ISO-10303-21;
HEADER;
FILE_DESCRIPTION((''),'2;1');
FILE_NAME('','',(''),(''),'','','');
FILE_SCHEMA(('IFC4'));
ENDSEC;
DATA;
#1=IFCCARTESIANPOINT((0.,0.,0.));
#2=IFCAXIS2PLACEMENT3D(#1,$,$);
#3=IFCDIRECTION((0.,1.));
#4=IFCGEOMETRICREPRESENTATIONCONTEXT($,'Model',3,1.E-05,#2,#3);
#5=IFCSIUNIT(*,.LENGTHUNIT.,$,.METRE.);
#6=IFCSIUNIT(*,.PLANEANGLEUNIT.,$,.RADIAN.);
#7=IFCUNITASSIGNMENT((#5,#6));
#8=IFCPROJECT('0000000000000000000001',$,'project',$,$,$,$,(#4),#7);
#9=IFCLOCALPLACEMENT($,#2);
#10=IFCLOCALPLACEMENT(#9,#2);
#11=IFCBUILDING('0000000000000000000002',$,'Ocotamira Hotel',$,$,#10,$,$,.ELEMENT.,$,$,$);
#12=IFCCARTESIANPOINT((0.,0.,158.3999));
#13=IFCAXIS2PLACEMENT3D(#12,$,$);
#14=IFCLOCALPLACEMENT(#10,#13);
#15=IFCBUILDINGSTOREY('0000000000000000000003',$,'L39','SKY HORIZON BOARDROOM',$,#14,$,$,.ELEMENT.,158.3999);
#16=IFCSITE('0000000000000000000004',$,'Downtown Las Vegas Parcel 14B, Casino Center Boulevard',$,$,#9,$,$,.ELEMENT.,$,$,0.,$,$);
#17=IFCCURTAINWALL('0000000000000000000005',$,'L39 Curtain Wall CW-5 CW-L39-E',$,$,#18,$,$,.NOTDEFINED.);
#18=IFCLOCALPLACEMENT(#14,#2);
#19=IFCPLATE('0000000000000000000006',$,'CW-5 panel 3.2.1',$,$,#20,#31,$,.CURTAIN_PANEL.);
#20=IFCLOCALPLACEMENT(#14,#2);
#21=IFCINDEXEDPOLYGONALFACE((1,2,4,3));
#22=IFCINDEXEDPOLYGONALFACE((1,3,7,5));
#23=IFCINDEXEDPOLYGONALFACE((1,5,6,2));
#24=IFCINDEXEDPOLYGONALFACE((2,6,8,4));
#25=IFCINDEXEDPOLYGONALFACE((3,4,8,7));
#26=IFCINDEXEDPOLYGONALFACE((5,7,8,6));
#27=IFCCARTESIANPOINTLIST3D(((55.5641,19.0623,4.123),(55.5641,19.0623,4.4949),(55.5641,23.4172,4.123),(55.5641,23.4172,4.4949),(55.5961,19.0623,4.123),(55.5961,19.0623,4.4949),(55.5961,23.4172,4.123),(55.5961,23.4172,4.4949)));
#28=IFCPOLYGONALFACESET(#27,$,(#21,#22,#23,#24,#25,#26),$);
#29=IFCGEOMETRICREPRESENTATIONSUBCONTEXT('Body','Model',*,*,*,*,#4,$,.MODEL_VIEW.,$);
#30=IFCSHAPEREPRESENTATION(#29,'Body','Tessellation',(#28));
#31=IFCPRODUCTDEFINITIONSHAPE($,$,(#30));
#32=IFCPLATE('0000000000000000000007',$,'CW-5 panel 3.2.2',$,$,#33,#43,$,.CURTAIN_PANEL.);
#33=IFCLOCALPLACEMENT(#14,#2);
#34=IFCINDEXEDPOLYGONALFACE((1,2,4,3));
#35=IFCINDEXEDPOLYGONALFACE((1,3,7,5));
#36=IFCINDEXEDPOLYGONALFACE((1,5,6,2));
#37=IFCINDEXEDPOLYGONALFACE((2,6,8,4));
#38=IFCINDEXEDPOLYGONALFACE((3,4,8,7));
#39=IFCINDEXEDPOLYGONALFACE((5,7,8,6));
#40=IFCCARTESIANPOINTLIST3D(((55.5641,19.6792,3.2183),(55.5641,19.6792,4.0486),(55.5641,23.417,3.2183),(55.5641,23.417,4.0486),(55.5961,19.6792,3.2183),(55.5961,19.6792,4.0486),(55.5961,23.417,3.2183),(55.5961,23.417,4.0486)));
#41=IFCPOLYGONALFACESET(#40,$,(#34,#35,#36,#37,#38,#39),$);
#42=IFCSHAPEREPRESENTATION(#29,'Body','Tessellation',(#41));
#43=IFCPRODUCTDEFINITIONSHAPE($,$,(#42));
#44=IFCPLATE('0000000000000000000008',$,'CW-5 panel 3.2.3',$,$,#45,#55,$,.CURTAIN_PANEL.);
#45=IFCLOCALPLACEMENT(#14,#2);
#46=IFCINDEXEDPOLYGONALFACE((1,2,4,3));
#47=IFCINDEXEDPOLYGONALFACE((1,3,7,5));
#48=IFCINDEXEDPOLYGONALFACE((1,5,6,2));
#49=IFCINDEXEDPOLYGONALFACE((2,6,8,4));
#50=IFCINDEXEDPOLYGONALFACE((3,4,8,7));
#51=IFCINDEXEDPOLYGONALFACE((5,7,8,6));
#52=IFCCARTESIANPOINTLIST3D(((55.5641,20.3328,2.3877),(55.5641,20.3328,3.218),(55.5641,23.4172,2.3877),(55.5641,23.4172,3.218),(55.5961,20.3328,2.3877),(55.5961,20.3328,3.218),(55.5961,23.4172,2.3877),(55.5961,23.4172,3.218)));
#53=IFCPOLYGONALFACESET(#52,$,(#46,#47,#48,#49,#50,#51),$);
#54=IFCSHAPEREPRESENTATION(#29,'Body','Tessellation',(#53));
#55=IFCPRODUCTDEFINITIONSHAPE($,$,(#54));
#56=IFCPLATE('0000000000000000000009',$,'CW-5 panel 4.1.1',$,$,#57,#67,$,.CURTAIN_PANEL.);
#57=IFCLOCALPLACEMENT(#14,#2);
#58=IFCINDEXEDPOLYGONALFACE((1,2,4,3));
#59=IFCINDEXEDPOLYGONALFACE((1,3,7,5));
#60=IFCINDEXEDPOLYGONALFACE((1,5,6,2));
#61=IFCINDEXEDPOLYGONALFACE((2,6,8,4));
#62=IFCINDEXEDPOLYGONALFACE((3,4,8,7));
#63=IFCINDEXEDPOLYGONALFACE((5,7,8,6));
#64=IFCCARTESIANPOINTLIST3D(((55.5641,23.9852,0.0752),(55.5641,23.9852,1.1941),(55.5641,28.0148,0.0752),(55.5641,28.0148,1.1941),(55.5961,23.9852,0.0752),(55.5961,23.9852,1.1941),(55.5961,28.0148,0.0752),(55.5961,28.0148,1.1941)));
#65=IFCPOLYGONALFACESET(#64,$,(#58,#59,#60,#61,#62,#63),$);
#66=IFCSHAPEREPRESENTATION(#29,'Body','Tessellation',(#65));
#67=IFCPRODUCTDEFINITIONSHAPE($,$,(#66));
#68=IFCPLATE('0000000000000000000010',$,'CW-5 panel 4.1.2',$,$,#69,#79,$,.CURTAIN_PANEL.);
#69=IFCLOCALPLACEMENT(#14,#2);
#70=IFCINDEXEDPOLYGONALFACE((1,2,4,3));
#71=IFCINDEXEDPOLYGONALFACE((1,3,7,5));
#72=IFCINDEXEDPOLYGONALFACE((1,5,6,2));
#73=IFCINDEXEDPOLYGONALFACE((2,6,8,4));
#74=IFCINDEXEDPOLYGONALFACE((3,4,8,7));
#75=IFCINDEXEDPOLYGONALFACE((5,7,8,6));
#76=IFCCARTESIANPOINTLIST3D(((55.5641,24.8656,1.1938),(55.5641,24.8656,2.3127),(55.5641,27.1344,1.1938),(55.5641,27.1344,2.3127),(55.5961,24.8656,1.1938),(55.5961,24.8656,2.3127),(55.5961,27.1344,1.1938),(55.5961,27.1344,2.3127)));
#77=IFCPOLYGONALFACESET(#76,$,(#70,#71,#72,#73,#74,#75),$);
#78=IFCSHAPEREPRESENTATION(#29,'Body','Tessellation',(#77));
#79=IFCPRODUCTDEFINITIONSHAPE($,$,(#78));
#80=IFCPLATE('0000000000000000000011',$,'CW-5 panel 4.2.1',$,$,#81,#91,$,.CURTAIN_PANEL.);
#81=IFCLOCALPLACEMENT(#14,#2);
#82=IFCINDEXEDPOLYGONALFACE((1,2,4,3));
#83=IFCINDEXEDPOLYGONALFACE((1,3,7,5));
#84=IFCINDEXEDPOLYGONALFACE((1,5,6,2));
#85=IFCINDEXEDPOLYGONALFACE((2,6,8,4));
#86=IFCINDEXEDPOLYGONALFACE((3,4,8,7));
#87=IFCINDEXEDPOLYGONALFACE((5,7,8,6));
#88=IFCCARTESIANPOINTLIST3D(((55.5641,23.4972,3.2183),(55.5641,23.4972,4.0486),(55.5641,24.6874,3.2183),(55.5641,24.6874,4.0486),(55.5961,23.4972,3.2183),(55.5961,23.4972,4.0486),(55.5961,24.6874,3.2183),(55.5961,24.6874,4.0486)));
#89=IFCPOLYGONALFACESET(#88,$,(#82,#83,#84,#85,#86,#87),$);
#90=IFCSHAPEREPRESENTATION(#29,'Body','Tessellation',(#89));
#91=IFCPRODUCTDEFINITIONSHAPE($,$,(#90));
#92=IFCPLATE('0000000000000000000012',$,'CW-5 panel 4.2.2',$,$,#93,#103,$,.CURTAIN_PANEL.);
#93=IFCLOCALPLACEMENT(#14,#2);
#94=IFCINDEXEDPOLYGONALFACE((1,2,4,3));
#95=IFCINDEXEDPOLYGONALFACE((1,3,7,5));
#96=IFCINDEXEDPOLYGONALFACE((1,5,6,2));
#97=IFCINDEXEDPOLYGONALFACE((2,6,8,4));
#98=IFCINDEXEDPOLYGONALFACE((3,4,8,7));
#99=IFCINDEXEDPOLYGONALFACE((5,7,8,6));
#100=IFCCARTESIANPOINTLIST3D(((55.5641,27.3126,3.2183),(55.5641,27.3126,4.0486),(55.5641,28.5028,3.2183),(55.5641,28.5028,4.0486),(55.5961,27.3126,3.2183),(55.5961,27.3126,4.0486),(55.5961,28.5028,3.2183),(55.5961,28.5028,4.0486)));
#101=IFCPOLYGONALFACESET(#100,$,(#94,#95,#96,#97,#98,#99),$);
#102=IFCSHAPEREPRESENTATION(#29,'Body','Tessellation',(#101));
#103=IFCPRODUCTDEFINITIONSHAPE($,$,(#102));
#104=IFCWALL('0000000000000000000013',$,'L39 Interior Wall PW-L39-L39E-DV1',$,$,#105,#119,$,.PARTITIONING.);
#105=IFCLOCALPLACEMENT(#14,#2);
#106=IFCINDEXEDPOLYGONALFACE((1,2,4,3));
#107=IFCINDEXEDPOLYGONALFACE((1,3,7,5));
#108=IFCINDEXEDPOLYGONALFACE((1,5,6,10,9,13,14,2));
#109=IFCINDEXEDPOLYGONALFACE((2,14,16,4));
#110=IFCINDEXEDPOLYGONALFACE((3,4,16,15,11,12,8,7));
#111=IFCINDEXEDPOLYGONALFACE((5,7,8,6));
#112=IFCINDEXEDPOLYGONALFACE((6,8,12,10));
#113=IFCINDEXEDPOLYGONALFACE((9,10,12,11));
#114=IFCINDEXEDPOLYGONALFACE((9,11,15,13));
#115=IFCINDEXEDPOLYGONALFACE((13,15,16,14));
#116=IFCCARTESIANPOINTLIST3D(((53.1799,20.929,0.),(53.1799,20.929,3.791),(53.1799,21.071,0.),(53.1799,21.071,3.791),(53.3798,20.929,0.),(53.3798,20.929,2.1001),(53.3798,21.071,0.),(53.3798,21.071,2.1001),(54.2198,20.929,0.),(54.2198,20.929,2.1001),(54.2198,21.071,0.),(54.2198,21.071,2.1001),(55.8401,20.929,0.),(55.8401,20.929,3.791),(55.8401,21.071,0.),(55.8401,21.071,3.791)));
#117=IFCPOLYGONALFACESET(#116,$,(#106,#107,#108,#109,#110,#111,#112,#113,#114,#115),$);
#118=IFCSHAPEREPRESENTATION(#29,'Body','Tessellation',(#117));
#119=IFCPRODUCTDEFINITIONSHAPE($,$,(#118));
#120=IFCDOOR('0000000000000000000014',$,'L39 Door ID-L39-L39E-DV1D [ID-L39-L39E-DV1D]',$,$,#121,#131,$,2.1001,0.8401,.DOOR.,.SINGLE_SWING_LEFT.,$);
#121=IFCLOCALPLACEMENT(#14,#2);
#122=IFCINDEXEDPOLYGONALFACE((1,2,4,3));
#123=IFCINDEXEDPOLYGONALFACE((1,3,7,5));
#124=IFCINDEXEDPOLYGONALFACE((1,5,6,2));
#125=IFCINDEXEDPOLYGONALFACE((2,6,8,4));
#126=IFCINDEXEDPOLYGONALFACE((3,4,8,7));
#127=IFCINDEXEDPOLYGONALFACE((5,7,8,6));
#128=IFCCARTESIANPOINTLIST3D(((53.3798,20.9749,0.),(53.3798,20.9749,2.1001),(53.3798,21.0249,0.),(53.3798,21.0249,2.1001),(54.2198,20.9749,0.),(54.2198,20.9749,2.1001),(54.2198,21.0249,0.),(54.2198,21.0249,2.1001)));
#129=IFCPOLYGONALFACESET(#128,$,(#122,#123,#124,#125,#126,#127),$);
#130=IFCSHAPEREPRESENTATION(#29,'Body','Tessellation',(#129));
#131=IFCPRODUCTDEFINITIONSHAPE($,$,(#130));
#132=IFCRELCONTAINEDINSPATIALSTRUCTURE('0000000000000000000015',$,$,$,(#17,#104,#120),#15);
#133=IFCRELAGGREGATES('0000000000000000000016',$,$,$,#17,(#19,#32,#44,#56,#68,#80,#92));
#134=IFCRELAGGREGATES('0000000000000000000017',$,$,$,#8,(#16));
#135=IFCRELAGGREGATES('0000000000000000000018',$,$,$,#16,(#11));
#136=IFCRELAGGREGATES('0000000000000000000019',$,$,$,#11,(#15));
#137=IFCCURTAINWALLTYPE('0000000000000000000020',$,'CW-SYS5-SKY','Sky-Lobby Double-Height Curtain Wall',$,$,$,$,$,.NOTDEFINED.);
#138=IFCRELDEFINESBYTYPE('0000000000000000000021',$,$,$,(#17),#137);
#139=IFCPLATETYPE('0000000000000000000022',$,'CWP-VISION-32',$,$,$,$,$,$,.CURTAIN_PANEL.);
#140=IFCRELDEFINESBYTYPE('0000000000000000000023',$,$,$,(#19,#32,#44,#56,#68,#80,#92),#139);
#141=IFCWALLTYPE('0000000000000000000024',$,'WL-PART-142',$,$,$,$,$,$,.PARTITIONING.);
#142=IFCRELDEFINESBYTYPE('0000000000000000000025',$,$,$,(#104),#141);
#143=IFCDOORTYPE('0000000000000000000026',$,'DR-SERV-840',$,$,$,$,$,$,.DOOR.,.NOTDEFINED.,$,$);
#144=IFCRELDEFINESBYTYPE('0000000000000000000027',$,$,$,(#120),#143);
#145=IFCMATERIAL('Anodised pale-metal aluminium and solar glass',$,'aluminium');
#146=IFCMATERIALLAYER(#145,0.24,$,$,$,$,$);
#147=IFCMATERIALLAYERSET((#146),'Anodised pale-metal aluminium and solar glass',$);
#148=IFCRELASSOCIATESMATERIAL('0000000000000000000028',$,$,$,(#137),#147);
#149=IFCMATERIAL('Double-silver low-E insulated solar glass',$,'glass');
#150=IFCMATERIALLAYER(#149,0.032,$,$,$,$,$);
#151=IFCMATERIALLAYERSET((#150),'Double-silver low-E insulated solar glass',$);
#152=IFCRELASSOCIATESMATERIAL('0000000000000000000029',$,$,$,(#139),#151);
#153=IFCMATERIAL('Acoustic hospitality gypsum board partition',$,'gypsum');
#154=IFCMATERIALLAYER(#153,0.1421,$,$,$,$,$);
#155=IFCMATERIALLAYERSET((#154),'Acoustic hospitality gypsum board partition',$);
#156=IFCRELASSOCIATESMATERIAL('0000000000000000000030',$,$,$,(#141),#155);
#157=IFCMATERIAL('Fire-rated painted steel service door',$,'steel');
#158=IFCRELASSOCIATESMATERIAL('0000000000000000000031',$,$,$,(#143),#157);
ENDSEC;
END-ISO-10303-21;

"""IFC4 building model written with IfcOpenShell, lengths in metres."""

from ifc_helpers import new_model, si_unit, direction, frame, frame_2d, origin, origin_2d, place, context, subcontext, project, spatial, rectangle, extrude, source, transform, mapped, material, layer, layer_set, type_object, element, fill, aggregate, save


model = new_model("IFC4")

# Units and contexts
model_context = context("Model", 3, precision=1e-05, world=origin(), true_north=direction((0.0, 1.0)))
body_context = subcontext(model_context, "Body", "Model", "MODEL_VIEW")
ifc_project = project(units=[si_unit("LENGTHUNIT", "METRE"), si_unit("PLANEANGLEUNIT", "RADIAN")], contexts=[model_context])

# Site, building, storey
site_placement = place(None, origin())
site = spatial("IfcSite", under=ifc_project, at=site_placement, Name="Downtown Las Vegas Parcel 14B, Casino Center Boulevard", CompositionType="ELEMENT", RefElevation=0.0)
building_placement = place(site_placement, origin())
building = spatial("IfcBuilding", under=site, at=building_placement, Name="Ocotamira Hotel", CompositionType="ELEMENT")
storey_placement = place(building_placement, frame((0.0, 0.0, 158.3999)))
storey = spatial("IfcBuildingStorey", under=building, at=storey_placement, Name="L39", Description="SKY HORIZON BOARDROOM", CompositionType="ELEMENT", Elevation=158.3999)

# Curtain wall
ifc_material_1 = material(Name="Anodised pale-metal aluminium and solar glass", Category="aluminium")
ifc_layer_1 = layer(ifc_material_1, 0.24)
ifc_layer_set_1 = layer_set([ifc_layer_1], Name="Anodised pale-metal aluminium and solar glass")
curtain_wall_type = type_object("IfcCurtainWallType", Name="CW-SYS5-SKY", Description="Sky-Lobby Double-Height Curtain Wall", PredefinedType="NOTDEFINED", material=ifc_layer_set_1)
curtain_wall_placement = place(storey_placement, origin())
curtain_wall = element("IfcCurtainWall", 1, at=curtain_wall_placement, inside=storey, type_object=curtain_wall_type, Name="L39 Curtain Wall CW-5 CW-L39-E", PredefinedType="NOTDEFINED")

# Plates
ifc_material_2 = material(Name="Double-silver low-E insulated solar glass", Category="glass")
ifc_layer_2 = layer(ifc_material_2, 0.032)
ifc_layer_set_2 = layer_set([ifc_layer_2], Name="Double-silver low-E insulated solar glass")
plate_type_1 = type_object("IfcPlateType", Name="CWP-VISION-32", PredefinedType="CURTAIN_PANEL", material=ifc_layer_set_2)
shared_shape_1 = source(origin(), body_context, "Body", "SweptSolid", [
    extrude(rectangle(XDim=4.355, YDim=0.032, at=origin_2d()), origin(), (0.0, 0.0, 1.0), 0.3718),
])
plate_1_placement = place(storey_placement, frame((55.5801, 21.2397, 4.123), z_axis=(0.0, 0.0, 1.0), x_axis=(0.0, 1.0, 0.0)))
plate_1 = element("IfcPlate", 2, at=plate_1_placement, type_object=plate_type_1, Name="CW-5 panel 3.2.1", PredefinedType="CURTAIN_PANEL", context=body_context, shape_type="MappedRepresentation", body=[
    mapped(shared_shape_1, transform((0.0, 0.0, 0.0), scale=1.0)),
])
shared_shape_2 = source(origin(), body_context, "Body", "SweptSolid", [
    extrude(rectangle(XDim=3.7378, YDim=0.032, at=origin_2d()), origin(), (0.0, 0.0, 1.0), 0.8303),
])
plate_2_placement = place(storey_placement, frame((55.5801, 21.5481, 3.2183), z_axis=(0.0, 0.0, 1.0), x_axis=(0.0, 1.0, 0.0)))
plate_2 = element("IfcPlate", 3, at=plate_2_placement, type_object=plate_type_1, Name="CW-5 panel 3.2.2", PredefinedType="CURTAIN_PANEL", context=body_context, shape_type="MappedRepresentation", body=[
    mapped(shared_shape_2, transform((0.0, 0.0, 0.0), scale=1.0)),
])
shared_shape_3 = source(origin(), body_context, "Body", "SweptSolid", [
    extrude(rectangle(XDim=3.0845, YDim=0.032, at=origin_2d()), origin(), (0.0, 0.0, 1.0), 0.8303),
])
plate_3_placement = place(storey_placement, frame((55.5801, 21.875, 2.3877), z_axis=(0.0, 0.0, 1.0), x_axis=(0.0, 1.0, 0.0)))
plate_3 = element("IfcPlate", 4, at=plate_3_placement, type_object=plate_type_1, Name="CW-5 panel 3.2.3", PredefinedType="CURTAIN_PANEL", context=body_context, shape_type="MappedRepresentation", body=[
    mapped(shared_shape_3, transform((0.0, 0.0, 0.0), scale=1.0)),
])
shared_shape_4 = source(origin(), body_context, "Body", "SweptSolid", [
    extrude(rectangle(XDim=4.0295, YDim=0.032, at=origin_2d()), origin(), (0.0, 0.0, 1.0), 1.1189),
])
plate_4_placement = place(storey_placement, frame((55.5801, 26.0, 0.0752), z_axis=(0.0, 0.0, 1.0), x_axis=(0.0, 1.0, 0.0)))
plate_4 = element("IfcPlate", 5, at=plate_4_placement, type_object=plate_type_1, Name="CW-5 panel 4.1.1", PredefinedType="CURTAIN_PANEL", context=body_context, shape_type="MappedRepresentation", body=[
    mapped(shared_shape_4, transform((0.0, 0.0, 0.0), scale=1.0)),
])
shared_shape_5 = source(origin(), body_context, "Body", "SweptSolid", [
    extrude(rectangle(XDim=2.2688, YDim=0.032, at=origin_2d()), origin(), (0.0, 0.0, 1.0), 1.1189),
])
plate_5_placement = place(storey_placement, frame((55.5801, 26.0, 1.1938), z_axis=(0.0, 0.0, 1.0), x_axis=(0.0, 1.0, 0.0)))
plate_5 = element("IfcPlate", 6, at=plate_5_placement, type_object=plate_type_1, Name="CW-5 panel 4.1.2", PredefinedType="CURTAIN_PANEL", context=body_context, shape_type="MappedRepresentation", body=[
    mapped(shared_shape_5, transform((0.0, 0.0, 0.0), scale=1.0)),
])
shared_shape_6 = source(origin(), body_context, "Body", "SweptSolid", [
    extrude(rectangle(XDim=1.1902, YDim=0.032, at=origin_2d()), origin(), (0.0, 0.0, 1.0), 0.8303),
])
plate_6_placement = place(storey_placement, frame((55.5801, 24.0923, 3.2183), z_axis=(0.0, 0.0, 1.0), x_axis=(0.0, 1.0, 0.0)))
plate_6 = element("IfcPlate", 7, at=plate_6_placement, type_object=plate_type_1, Name="CW-5 panel 4.2.1", PredefinedType="CURTAIN_PANEL", context=body_context, shape_type="MappedRepresentation", body=[
    mapped(shared_shape_6, transform((0.0, 0.0, 0.0), scale=1.0)),
])
plate_7_placement = place(storey_placement, frame((55.5801, 27.9077, 3.2183), z_axis=(0.0, 0.0, 1.0), x_axis=(0.0, 1.0, 0.0)))
plate_7 = element("IfcPlate", 8, at=plate_7_placement, type_object=plate_type_1, Name="CW-5 panel 4.2.2", PredefinedType="CURTAIN_PANEL", context=body_context, shape_type="MappedRepresentation", body=[
    mapped(shared_shape_6, transform((0.0, 0.0, 0.0), scale=1.0)),
])
aggregate(curtain_wall, [plate_1, plate_2, plate_3, plate_4, plate_5, plate_6, plate_7])

# Wall, opening, door
ifc_material_3 = material(Name="Acoustic hospitality gypsum board partition", Category="gypsum")
ifc_layer_3 = layer(ifc_material_3, 0.1421)
ifc_layer_set_3 = layer_set([ifc_layer_3], Name="Acoustic hospitality gypsum board partition")
wall_type = type_object("IfcWallType", Name="WL-PART-142", PredefinedType="PARTITIONING", material=ifc_layer_set_3)
wall_placement = place(storey_placement, frame((53.1799, 21.0, 0.0), z_axis=(0.0, 0.0, 1.0), x_axis=(1.0, 0.0, 0.0)))
wall = element("IfcWall", 9, at=wall_placement, inside=storey, type_object=wall_type, Name="L39 Interior Wall PW-L39-L39E-DV1", PredefinedType="PARTITIONING", context=body_context, shape_type="SweptSolid", body=[
    extrude(rectangle(XDim=2.6602, YDim=0.1421, at=frame_2d((1.3301, 0.0))), origin(), (0.0, 0.0, 1.0), 3.791),
])
opening_placement = place(wall_placement, frame((0.2, 0.0, 0.0)))
opening = element("IfcOpeningElement", 10, at=opening_placement, cuts=wall, PredefinedType="OPENING", context=body_context, shape_type="SweptSolid", body=[
    extrude(rectangle(XDim=0.8401, YDim=2.1001, at=frame_2d((0.4199, 1.05))), frame((0.0, 0.0811, 0.0), z_axis=(0.0, -1.0, 0.0), x_axis=(1.0, 0.0, 0.0)), (0.0, 0.0, 1.0), 0.1621),
])
ifc_material_4 = material(Name="Fire-rated painted steel service door", Category="steel")
door_type = type_object("IfcDoorType", Name="DR-SERV-840", OperationType="NOTDEFINED", PredefinedType="DOOR", material=ifc_material_4)
shared_shape_7 = source(origin(), body_context, "Body", "SweptSolid", [
    extrude(rectangle(XDim=0.8401, YDim=2.1001, at=frame_2d((0.4199, 1.05))), frame((0.0, 0.0249, 0.0), z_axis=(0.0, -1.0, 0.0), x_axis=(1.0, 0.0, 0.0)), (0.0, 0.0, 1.0), 0.05),
])
door_placement = place(opening_placement, origin())
door = element("IfcDoor", 11, at=door_placement, inside=storey, type_object=door_type, Name="L39 Door ID-L39-L39E-DV1D [ID-L39-L39E-DV1D]", OperationType="SINGLE_SWING_LEFT", OverallHeight=2.1001, OverallWidth=0.8401, PredefinedType="DOOR", context=body_context, shape_type="MappedRepresentation", body=[
    mapped(shared_shape_7, transform((0.0, 0.0, 0.0), scale=1.0)),
])
fill(opening, door)

save(model, "model.ifc")
